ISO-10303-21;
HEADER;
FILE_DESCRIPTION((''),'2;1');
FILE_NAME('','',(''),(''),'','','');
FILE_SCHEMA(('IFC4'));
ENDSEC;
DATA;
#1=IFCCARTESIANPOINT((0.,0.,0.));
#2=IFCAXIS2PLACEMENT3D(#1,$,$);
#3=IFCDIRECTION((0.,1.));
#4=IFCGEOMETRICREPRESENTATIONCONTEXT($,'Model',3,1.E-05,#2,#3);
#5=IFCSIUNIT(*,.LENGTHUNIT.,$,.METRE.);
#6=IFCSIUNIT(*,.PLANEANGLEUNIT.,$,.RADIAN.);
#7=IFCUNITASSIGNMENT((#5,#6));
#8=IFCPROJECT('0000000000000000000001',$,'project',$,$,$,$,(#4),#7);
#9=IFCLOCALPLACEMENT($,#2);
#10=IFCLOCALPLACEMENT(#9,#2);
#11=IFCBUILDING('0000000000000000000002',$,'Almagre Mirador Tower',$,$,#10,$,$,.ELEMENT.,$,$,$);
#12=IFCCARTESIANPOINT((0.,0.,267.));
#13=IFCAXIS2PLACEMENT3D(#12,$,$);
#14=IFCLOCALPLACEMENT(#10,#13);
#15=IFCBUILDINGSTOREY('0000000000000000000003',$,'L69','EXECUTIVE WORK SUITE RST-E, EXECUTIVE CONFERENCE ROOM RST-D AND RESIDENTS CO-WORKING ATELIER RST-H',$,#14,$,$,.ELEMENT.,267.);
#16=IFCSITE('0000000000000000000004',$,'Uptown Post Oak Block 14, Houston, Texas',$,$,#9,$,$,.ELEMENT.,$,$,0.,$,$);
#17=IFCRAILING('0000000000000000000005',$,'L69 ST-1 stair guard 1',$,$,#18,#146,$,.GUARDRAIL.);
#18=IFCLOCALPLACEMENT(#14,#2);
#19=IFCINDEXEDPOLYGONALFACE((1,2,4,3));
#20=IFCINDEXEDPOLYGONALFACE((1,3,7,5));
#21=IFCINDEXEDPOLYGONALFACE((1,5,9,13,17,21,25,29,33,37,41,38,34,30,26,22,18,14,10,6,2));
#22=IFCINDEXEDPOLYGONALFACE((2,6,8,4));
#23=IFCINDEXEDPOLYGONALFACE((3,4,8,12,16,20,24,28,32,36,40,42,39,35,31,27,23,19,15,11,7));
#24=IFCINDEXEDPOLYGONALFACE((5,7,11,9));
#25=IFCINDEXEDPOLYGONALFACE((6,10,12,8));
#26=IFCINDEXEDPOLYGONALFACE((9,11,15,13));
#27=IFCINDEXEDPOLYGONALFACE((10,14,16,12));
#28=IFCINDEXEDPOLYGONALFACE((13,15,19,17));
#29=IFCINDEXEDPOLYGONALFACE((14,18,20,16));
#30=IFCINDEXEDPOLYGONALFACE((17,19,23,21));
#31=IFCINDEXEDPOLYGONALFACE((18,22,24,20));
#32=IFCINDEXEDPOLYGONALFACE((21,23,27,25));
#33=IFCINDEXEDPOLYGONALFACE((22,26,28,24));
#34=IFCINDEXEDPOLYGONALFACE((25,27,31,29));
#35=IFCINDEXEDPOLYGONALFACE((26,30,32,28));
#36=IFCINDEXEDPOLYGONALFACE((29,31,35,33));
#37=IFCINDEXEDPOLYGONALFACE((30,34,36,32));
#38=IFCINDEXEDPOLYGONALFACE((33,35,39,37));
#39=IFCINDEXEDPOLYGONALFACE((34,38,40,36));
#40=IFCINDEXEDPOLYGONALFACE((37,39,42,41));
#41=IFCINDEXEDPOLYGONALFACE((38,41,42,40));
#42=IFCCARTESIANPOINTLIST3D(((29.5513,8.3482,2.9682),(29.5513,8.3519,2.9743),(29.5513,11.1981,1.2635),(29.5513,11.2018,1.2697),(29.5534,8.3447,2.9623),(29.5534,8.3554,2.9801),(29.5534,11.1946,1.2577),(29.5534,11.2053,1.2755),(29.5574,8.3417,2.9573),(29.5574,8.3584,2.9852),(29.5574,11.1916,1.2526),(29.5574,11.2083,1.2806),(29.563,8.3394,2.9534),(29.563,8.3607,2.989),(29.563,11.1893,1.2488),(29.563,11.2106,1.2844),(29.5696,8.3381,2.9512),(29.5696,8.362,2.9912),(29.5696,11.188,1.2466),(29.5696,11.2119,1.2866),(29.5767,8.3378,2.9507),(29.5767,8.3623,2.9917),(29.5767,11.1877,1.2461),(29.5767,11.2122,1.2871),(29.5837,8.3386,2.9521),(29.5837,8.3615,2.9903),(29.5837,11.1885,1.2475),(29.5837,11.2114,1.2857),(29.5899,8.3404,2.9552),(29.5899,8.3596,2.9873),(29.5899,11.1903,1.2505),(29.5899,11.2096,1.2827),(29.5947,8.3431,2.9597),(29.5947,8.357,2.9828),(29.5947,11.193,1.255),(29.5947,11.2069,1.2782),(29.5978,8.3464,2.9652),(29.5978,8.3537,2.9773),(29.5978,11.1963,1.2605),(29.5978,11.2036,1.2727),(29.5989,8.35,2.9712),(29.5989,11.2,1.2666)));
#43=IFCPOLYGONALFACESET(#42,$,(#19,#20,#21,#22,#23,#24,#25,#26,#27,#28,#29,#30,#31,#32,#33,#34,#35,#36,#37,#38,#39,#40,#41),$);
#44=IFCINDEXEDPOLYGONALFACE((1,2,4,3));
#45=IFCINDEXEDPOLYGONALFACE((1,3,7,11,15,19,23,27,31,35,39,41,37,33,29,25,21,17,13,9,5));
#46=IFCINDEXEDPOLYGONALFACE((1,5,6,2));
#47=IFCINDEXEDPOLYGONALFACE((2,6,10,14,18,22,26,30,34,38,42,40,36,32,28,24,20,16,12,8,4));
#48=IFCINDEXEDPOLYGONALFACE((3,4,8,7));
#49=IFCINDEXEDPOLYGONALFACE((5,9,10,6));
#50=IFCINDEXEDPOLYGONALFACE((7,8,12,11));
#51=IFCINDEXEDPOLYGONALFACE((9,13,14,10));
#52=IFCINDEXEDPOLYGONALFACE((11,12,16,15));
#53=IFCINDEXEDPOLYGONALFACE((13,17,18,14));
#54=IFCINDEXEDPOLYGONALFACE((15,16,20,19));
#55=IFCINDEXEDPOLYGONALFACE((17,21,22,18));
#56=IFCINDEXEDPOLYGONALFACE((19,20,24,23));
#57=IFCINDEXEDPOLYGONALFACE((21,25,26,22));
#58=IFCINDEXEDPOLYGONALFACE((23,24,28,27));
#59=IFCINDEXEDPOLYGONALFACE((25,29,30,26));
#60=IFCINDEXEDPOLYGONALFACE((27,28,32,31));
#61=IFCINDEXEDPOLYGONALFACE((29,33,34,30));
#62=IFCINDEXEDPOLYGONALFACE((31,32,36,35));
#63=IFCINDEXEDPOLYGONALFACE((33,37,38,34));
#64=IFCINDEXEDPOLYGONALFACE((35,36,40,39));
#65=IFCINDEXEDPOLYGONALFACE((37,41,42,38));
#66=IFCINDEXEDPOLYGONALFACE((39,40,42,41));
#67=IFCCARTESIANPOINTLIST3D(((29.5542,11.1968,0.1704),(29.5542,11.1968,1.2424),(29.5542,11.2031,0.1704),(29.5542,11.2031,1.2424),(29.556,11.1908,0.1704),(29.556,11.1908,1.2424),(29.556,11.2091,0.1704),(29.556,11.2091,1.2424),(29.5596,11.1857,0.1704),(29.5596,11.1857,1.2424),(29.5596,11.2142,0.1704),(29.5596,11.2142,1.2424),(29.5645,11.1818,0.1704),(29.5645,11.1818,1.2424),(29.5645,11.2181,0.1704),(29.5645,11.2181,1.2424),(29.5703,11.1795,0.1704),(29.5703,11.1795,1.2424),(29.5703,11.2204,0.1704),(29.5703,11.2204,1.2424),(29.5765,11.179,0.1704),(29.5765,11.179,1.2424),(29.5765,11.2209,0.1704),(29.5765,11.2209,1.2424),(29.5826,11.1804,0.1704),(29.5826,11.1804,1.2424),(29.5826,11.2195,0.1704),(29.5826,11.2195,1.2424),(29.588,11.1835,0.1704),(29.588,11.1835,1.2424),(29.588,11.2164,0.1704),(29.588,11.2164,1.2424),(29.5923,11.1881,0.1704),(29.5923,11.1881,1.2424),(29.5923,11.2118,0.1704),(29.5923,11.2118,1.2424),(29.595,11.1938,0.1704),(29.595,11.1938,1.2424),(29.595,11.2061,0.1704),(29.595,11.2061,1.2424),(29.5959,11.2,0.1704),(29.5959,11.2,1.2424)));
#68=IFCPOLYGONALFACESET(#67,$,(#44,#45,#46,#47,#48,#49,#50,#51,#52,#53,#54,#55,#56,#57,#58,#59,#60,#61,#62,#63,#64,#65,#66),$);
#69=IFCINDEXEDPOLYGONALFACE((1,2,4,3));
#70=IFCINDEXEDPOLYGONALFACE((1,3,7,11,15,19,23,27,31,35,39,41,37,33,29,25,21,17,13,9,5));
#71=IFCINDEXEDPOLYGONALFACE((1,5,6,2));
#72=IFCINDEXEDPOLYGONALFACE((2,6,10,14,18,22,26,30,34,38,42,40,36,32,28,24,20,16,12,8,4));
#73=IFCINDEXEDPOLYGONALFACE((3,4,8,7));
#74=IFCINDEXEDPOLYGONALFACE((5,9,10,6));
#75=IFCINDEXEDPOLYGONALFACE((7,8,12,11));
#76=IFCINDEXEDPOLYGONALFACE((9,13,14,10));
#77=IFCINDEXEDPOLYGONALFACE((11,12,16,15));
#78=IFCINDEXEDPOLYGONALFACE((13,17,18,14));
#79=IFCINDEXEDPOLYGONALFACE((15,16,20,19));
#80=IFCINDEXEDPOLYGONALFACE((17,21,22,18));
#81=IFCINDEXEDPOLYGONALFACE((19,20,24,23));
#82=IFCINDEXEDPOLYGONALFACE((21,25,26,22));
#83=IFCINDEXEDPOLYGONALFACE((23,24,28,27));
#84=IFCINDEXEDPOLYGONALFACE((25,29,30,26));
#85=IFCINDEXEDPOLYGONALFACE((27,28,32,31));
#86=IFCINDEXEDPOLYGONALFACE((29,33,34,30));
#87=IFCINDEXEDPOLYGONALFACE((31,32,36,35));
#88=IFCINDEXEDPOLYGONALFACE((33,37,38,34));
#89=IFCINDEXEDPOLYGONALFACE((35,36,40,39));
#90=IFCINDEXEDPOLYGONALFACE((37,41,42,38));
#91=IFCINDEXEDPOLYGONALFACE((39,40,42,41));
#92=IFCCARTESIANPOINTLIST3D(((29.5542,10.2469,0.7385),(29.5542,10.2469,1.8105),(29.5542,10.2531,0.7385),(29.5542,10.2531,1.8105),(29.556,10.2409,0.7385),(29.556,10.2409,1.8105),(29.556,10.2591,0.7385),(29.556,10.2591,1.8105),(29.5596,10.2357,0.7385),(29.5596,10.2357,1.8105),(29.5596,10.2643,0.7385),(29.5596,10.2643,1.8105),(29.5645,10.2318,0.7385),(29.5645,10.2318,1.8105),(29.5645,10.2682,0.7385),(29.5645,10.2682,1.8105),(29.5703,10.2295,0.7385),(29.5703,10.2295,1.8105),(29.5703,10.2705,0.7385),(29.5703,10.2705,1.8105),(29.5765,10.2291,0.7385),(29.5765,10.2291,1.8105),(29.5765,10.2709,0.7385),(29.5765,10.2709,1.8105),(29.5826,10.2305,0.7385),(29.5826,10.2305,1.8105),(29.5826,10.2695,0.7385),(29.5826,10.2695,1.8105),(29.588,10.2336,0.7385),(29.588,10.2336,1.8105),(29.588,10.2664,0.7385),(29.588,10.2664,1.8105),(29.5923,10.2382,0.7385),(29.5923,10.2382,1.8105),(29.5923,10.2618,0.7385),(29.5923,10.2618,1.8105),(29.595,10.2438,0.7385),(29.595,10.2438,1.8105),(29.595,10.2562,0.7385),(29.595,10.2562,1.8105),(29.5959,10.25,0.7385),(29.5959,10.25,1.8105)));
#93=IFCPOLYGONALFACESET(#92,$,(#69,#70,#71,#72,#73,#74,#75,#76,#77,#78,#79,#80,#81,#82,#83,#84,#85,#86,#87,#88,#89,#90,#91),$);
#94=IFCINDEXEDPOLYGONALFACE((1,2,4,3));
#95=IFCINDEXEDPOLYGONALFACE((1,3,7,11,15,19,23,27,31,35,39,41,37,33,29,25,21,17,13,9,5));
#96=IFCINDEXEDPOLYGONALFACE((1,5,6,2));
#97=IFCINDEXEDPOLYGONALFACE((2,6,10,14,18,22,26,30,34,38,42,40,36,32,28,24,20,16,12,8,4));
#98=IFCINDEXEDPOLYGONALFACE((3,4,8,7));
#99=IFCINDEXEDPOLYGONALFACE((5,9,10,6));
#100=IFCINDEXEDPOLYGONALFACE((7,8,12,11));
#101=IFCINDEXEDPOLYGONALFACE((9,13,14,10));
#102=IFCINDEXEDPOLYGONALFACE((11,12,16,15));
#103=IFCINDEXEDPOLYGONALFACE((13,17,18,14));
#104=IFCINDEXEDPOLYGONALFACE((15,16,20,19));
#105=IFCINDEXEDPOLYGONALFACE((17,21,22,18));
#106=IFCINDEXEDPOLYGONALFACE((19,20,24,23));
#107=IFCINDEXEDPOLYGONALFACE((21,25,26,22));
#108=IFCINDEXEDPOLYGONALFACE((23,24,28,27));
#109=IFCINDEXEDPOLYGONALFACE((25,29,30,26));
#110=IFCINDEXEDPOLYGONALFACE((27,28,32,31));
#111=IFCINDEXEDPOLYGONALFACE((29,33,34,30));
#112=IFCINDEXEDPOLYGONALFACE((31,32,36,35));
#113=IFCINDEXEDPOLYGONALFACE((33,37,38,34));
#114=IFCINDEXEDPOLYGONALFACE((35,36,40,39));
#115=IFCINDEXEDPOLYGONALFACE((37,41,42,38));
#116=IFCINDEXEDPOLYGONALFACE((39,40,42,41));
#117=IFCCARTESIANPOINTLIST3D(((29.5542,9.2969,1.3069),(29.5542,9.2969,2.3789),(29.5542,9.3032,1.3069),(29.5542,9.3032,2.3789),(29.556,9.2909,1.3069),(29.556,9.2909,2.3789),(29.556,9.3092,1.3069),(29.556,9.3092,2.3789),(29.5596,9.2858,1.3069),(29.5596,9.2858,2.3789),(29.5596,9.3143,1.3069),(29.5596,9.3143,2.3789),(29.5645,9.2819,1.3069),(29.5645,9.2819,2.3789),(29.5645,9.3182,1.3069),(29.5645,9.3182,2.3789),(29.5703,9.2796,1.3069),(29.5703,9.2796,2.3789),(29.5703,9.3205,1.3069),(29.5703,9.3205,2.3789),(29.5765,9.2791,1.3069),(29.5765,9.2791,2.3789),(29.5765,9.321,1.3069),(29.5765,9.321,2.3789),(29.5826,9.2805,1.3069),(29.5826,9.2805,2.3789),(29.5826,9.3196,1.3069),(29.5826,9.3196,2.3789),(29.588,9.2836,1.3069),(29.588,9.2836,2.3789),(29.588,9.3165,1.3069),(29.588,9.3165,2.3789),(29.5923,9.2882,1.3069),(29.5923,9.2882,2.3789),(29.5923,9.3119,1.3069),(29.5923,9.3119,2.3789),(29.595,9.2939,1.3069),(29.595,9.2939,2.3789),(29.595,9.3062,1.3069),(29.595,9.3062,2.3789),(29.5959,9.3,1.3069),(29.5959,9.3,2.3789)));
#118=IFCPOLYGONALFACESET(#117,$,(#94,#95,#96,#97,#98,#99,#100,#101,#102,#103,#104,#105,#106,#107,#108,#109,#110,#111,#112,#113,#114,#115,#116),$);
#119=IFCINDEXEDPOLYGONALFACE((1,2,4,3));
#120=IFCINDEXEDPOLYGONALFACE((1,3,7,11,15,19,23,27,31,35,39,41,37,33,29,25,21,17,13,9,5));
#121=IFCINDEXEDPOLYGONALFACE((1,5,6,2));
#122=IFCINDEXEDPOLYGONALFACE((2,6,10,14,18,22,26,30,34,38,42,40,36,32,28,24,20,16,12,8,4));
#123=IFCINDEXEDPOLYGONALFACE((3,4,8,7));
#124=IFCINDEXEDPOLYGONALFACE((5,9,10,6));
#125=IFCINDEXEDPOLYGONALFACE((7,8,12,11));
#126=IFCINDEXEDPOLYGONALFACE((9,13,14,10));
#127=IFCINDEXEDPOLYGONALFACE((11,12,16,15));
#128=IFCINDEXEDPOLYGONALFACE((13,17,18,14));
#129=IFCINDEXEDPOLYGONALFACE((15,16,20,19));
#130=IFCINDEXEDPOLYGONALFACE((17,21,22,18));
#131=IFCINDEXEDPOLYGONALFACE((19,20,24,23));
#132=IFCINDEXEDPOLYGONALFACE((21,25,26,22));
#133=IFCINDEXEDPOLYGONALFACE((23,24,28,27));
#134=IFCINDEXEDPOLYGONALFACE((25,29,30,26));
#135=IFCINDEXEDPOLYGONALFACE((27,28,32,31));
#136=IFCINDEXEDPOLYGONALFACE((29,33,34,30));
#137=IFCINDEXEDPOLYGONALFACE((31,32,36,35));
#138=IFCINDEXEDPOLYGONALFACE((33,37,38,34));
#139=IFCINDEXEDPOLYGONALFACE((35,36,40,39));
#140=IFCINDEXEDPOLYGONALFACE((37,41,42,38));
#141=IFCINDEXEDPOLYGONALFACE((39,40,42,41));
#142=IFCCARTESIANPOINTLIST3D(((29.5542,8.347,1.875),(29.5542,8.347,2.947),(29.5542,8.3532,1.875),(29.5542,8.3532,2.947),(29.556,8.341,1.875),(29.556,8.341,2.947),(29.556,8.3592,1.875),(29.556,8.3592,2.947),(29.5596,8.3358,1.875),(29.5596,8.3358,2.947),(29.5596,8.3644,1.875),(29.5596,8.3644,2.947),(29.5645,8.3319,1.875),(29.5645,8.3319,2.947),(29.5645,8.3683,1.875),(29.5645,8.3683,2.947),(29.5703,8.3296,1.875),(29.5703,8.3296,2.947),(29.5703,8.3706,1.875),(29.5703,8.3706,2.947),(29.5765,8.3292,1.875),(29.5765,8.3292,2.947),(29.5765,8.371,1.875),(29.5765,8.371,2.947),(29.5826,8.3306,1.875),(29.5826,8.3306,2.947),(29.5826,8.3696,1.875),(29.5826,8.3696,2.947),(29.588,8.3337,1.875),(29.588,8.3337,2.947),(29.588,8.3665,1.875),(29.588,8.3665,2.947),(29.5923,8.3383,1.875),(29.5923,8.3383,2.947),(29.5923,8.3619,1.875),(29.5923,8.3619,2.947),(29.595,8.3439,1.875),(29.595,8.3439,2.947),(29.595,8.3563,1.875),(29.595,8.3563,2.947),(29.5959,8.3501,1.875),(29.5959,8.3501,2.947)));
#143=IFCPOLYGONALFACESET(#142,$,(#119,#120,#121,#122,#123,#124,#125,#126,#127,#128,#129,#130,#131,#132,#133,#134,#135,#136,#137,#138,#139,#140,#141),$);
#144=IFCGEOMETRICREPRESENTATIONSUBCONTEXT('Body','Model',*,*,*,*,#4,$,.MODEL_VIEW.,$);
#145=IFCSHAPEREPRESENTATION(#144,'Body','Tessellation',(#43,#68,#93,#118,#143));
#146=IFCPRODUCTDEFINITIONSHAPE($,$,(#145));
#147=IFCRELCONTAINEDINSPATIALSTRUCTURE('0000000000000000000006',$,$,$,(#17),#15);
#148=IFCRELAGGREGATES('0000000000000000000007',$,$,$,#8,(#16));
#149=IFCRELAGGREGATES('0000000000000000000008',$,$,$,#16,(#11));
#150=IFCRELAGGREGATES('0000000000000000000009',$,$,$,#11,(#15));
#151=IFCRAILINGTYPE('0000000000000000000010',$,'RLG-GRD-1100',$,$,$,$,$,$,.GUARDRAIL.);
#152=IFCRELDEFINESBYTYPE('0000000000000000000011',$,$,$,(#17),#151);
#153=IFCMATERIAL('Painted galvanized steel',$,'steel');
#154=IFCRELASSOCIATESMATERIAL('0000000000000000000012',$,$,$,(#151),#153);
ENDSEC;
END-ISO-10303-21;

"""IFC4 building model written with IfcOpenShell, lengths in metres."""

from ifc_helpers import new_model, si_unit, direction, frame, origin, origin_2d, place, context, subcontext, project, spatial, circle, extrude, material, type_object, element, save


model = new_model("IFC4")

# Units and contexts
model_context = context("Model", 3, precision=1e-05, world=origin(), true_north=direction((0.0, 1.0)))
body_context = subcontext(model_context, "Body", "Model", "MODEL_VIEW")
ifc_project = project(units=[si_unit("LENGTHUNIT", "METRE"), si_unit("PLANEANGLEUNIT", "RADIAN")], contexts=[model_context])

# Site, building, storey
site_placement = place(None, origin())
site = spatial("IfcSite", under=ifc_project, at=site_placement, Name="Uptown Post Oak Block 14, Houston, Texas", CompositionType="ELEMENT", RefElevation=0.0)
building_placement = place(site_placement, origin())
building = spatial("IfcBuilding", under=site, at=building_placement, Name="Almagre Mirador Tower", CompositionType="ELEMENT")
storey_placement = place(building_placement, frame((0.0, 0.0, 267.0)))
storey = spatial("IfcBuildingStorey", under=building, at=storey_placement, Name="L69", Description="EXECUTIVE WORK SUITE RST-E, EXECUTIVE CONFERENCE ROOM RST-D AND RESIDENTS CO-WORKING ATELIER RST-H", CompositionType="ELEMENT", Elevation=267.0)

# Railing
ifc_material_1 = material(Name="Painted galvanized steel", Category="steel")
railing_type_1 = type_object("IfcRailingType", Name="RLG-GRD-1100", PredefinedType="GUARDRAIL", material=ifc_material_1)
railing_1_placement = place(storey_placement, frame((29.575, 11.2, 0.1704)))
element("IfcRailing", 1, at=railing_1_placement, inside=storey, type_object=railing_type_1, Name="L69 ST-1 stair guard 1", PredefinedType="GUARDRAIL", context=body_context, shape_type="SweptSolid", body=[
    extrude(circle(Radius=0.0239, at=origin_2d()), frame((0.0, 0.0, 1.0962), z_axis=(0.0, -0.858199, 0.513317), x_axis=(1.0, 0.0, 0.0)), (0.0, 0.0, 1.0), 3.3208),
    extrude(circle(Radius=0.021, at=origin_2d()), origin(), (0.0, 0.0, 1.0), 1.072),
    extrude(circle(Radius=0.021, at=origin_2d()), frame((0.0, -0.95, 0.5681)), (0.0, 0.0, 1.0), 1.072),
    extrude(circle(Radius=0.021, at=origin_2d()), frame((0.0, -1.8999, 1.1365)), (0.0, 0.0, 1.0), 1.072),
    extrude(circle(Radius=0.021, at=origin_2d()), frame((0.0, -2.8499, 1.7046)), (0.0, 0.0, 1.0), 1.072),
])

save(model, "model.ifc")
